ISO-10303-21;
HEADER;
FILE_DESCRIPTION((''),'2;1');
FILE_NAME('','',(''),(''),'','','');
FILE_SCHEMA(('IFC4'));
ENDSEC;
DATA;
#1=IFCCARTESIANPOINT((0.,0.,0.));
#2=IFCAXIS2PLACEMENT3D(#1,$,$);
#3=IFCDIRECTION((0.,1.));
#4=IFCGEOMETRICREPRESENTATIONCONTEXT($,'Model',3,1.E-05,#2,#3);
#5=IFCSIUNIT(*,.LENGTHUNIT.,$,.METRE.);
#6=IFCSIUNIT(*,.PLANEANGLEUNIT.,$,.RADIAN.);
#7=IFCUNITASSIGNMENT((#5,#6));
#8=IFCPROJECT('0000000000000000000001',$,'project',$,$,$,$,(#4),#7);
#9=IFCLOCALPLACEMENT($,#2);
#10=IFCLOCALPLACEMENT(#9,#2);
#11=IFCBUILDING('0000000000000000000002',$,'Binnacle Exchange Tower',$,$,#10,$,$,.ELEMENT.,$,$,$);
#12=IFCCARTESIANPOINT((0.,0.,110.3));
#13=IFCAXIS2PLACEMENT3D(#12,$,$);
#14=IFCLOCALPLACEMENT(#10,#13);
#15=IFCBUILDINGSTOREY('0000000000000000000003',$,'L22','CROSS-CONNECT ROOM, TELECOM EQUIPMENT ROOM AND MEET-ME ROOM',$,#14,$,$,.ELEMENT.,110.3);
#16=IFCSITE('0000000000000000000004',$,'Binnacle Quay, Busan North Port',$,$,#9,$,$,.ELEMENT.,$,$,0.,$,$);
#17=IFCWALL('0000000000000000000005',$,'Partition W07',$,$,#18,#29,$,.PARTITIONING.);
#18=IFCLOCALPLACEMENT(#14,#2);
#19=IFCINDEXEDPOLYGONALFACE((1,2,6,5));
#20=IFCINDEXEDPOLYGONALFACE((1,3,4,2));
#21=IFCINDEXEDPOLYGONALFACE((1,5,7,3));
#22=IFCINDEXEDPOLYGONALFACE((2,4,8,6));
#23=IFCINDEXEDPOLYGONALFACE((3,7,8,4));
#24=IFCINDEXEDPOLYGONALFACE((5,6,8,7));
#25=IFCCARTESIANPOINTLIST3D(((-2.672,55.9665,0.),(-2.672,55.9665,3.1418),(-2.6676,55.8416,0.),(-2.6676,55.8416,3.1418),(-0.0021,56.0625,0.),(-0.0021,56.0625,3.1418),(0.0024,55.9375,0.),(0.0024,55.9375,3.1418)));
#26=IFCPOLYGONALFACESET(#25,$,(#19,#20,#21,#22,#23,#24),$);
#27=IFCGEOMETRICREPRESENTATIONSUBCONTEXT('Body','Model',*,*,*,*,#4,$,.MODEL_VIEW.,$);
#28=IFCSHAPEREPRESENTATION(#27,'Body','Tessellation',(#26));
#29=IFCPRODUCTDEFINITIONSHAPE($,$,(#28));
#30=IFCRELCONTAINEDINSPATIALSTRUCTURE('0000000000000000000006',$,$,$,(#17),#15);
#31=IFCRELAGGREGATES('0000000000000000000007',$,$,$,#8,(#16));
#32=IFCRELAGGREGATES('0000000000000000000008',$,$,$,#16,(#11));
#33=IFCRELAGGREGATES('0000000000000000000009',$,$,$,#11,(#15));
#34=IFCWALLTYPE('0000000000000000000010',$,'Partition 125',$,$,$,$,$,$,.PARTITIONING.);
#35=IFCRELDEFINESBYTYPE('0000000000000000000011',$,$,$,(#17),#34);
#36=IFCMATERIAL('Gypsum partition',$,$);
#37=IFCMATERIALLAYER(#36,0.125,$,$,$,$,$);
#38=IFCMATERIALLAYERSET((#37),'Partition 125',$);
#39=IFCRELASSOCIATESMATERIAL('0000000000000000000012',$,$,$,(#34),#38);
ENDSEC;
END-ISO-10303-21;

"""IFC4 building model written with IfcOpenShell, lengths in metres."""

from ifc_helpers import new_model, si_unit, direction, frame, frame_2d, origin, place, context, subcontext, project, spatial, rectangle, extrude, material, layer, layer_set, type_object, element, save


model = new_model("IFC4")

# Units and contexts
model_context = context("Model", 3, precision=1e-05, world=origin(), true_north=direction((0.0, 1.0)))
body_context = subcontext(model_context, "Body", "Model", "MODEL_VIEW")
ifc_project = project(units=[si_unit("LENGTHUNIT", "METRE"), si_unit("PLANEANGLEUNIT", "RADIAN")], contexts=[model_context])

# Site, building, storey
site_placement = place(None, origin())
site = spatial("IfcSite", under=ifc_project, at=site_placement, Name="Binnacle Quay, Busan North Port", CompositionType="ELEMENT", RefElevation=0.0)
building_placement = place(site_placement, origin())
building = spatial("IfcBuilding", under=site, at=building_placement, Name="Binnacle Exchange Tower", CompositionType="ELEMENT")
storey_placement = place(building_placement, frame((0.0, 0.0, 110.3)))
storey = spatial("IfcBuildingStorey", under=building, at=storey_placement, Name="L22", Description="CROSS-CONNECT ROOM, TELECOM EQUIPMENT ROOM AND MEET-ME ROOM", CompositionType="ELEMENT", Elevation=110.3)

# Wall
ifc_material_1 = material(Name="Gypsum partition")
ifc_layer_1 = layer(ifc_material_1, 0.125)
ifc_layer_set_1 = layer_set([ifc_layer_1], Name="Partition 125")
wall_type_1 = type_object("IfcWallType", Name="Partition 125", PredefinedType="PARTITIONING", material=ifc_layer_set_1)
wall_1_placement = place(storey_placement, frame((-2.6699, 55.9041, 0.0), z_axis=(0.0, 0.0, 1.0), x_axis=(0.999355, 0.035913, 0.0)))
element("IfcWall", 1, at=wall_1_placement, inside=storey, type_object=wall_type_1, Name="Partition W07", PredefinedType="PARTITIONING", context=body_context, shape_type="SweptSolid", body=[
    extrude(rectangle(XDim=2.6716, YDim=0.125, at=frame_2d((1.3359, 0.0))), origin(), (0.0, 0.0, 1.0), 3.1418),
])

save(model, "model.ifc")
